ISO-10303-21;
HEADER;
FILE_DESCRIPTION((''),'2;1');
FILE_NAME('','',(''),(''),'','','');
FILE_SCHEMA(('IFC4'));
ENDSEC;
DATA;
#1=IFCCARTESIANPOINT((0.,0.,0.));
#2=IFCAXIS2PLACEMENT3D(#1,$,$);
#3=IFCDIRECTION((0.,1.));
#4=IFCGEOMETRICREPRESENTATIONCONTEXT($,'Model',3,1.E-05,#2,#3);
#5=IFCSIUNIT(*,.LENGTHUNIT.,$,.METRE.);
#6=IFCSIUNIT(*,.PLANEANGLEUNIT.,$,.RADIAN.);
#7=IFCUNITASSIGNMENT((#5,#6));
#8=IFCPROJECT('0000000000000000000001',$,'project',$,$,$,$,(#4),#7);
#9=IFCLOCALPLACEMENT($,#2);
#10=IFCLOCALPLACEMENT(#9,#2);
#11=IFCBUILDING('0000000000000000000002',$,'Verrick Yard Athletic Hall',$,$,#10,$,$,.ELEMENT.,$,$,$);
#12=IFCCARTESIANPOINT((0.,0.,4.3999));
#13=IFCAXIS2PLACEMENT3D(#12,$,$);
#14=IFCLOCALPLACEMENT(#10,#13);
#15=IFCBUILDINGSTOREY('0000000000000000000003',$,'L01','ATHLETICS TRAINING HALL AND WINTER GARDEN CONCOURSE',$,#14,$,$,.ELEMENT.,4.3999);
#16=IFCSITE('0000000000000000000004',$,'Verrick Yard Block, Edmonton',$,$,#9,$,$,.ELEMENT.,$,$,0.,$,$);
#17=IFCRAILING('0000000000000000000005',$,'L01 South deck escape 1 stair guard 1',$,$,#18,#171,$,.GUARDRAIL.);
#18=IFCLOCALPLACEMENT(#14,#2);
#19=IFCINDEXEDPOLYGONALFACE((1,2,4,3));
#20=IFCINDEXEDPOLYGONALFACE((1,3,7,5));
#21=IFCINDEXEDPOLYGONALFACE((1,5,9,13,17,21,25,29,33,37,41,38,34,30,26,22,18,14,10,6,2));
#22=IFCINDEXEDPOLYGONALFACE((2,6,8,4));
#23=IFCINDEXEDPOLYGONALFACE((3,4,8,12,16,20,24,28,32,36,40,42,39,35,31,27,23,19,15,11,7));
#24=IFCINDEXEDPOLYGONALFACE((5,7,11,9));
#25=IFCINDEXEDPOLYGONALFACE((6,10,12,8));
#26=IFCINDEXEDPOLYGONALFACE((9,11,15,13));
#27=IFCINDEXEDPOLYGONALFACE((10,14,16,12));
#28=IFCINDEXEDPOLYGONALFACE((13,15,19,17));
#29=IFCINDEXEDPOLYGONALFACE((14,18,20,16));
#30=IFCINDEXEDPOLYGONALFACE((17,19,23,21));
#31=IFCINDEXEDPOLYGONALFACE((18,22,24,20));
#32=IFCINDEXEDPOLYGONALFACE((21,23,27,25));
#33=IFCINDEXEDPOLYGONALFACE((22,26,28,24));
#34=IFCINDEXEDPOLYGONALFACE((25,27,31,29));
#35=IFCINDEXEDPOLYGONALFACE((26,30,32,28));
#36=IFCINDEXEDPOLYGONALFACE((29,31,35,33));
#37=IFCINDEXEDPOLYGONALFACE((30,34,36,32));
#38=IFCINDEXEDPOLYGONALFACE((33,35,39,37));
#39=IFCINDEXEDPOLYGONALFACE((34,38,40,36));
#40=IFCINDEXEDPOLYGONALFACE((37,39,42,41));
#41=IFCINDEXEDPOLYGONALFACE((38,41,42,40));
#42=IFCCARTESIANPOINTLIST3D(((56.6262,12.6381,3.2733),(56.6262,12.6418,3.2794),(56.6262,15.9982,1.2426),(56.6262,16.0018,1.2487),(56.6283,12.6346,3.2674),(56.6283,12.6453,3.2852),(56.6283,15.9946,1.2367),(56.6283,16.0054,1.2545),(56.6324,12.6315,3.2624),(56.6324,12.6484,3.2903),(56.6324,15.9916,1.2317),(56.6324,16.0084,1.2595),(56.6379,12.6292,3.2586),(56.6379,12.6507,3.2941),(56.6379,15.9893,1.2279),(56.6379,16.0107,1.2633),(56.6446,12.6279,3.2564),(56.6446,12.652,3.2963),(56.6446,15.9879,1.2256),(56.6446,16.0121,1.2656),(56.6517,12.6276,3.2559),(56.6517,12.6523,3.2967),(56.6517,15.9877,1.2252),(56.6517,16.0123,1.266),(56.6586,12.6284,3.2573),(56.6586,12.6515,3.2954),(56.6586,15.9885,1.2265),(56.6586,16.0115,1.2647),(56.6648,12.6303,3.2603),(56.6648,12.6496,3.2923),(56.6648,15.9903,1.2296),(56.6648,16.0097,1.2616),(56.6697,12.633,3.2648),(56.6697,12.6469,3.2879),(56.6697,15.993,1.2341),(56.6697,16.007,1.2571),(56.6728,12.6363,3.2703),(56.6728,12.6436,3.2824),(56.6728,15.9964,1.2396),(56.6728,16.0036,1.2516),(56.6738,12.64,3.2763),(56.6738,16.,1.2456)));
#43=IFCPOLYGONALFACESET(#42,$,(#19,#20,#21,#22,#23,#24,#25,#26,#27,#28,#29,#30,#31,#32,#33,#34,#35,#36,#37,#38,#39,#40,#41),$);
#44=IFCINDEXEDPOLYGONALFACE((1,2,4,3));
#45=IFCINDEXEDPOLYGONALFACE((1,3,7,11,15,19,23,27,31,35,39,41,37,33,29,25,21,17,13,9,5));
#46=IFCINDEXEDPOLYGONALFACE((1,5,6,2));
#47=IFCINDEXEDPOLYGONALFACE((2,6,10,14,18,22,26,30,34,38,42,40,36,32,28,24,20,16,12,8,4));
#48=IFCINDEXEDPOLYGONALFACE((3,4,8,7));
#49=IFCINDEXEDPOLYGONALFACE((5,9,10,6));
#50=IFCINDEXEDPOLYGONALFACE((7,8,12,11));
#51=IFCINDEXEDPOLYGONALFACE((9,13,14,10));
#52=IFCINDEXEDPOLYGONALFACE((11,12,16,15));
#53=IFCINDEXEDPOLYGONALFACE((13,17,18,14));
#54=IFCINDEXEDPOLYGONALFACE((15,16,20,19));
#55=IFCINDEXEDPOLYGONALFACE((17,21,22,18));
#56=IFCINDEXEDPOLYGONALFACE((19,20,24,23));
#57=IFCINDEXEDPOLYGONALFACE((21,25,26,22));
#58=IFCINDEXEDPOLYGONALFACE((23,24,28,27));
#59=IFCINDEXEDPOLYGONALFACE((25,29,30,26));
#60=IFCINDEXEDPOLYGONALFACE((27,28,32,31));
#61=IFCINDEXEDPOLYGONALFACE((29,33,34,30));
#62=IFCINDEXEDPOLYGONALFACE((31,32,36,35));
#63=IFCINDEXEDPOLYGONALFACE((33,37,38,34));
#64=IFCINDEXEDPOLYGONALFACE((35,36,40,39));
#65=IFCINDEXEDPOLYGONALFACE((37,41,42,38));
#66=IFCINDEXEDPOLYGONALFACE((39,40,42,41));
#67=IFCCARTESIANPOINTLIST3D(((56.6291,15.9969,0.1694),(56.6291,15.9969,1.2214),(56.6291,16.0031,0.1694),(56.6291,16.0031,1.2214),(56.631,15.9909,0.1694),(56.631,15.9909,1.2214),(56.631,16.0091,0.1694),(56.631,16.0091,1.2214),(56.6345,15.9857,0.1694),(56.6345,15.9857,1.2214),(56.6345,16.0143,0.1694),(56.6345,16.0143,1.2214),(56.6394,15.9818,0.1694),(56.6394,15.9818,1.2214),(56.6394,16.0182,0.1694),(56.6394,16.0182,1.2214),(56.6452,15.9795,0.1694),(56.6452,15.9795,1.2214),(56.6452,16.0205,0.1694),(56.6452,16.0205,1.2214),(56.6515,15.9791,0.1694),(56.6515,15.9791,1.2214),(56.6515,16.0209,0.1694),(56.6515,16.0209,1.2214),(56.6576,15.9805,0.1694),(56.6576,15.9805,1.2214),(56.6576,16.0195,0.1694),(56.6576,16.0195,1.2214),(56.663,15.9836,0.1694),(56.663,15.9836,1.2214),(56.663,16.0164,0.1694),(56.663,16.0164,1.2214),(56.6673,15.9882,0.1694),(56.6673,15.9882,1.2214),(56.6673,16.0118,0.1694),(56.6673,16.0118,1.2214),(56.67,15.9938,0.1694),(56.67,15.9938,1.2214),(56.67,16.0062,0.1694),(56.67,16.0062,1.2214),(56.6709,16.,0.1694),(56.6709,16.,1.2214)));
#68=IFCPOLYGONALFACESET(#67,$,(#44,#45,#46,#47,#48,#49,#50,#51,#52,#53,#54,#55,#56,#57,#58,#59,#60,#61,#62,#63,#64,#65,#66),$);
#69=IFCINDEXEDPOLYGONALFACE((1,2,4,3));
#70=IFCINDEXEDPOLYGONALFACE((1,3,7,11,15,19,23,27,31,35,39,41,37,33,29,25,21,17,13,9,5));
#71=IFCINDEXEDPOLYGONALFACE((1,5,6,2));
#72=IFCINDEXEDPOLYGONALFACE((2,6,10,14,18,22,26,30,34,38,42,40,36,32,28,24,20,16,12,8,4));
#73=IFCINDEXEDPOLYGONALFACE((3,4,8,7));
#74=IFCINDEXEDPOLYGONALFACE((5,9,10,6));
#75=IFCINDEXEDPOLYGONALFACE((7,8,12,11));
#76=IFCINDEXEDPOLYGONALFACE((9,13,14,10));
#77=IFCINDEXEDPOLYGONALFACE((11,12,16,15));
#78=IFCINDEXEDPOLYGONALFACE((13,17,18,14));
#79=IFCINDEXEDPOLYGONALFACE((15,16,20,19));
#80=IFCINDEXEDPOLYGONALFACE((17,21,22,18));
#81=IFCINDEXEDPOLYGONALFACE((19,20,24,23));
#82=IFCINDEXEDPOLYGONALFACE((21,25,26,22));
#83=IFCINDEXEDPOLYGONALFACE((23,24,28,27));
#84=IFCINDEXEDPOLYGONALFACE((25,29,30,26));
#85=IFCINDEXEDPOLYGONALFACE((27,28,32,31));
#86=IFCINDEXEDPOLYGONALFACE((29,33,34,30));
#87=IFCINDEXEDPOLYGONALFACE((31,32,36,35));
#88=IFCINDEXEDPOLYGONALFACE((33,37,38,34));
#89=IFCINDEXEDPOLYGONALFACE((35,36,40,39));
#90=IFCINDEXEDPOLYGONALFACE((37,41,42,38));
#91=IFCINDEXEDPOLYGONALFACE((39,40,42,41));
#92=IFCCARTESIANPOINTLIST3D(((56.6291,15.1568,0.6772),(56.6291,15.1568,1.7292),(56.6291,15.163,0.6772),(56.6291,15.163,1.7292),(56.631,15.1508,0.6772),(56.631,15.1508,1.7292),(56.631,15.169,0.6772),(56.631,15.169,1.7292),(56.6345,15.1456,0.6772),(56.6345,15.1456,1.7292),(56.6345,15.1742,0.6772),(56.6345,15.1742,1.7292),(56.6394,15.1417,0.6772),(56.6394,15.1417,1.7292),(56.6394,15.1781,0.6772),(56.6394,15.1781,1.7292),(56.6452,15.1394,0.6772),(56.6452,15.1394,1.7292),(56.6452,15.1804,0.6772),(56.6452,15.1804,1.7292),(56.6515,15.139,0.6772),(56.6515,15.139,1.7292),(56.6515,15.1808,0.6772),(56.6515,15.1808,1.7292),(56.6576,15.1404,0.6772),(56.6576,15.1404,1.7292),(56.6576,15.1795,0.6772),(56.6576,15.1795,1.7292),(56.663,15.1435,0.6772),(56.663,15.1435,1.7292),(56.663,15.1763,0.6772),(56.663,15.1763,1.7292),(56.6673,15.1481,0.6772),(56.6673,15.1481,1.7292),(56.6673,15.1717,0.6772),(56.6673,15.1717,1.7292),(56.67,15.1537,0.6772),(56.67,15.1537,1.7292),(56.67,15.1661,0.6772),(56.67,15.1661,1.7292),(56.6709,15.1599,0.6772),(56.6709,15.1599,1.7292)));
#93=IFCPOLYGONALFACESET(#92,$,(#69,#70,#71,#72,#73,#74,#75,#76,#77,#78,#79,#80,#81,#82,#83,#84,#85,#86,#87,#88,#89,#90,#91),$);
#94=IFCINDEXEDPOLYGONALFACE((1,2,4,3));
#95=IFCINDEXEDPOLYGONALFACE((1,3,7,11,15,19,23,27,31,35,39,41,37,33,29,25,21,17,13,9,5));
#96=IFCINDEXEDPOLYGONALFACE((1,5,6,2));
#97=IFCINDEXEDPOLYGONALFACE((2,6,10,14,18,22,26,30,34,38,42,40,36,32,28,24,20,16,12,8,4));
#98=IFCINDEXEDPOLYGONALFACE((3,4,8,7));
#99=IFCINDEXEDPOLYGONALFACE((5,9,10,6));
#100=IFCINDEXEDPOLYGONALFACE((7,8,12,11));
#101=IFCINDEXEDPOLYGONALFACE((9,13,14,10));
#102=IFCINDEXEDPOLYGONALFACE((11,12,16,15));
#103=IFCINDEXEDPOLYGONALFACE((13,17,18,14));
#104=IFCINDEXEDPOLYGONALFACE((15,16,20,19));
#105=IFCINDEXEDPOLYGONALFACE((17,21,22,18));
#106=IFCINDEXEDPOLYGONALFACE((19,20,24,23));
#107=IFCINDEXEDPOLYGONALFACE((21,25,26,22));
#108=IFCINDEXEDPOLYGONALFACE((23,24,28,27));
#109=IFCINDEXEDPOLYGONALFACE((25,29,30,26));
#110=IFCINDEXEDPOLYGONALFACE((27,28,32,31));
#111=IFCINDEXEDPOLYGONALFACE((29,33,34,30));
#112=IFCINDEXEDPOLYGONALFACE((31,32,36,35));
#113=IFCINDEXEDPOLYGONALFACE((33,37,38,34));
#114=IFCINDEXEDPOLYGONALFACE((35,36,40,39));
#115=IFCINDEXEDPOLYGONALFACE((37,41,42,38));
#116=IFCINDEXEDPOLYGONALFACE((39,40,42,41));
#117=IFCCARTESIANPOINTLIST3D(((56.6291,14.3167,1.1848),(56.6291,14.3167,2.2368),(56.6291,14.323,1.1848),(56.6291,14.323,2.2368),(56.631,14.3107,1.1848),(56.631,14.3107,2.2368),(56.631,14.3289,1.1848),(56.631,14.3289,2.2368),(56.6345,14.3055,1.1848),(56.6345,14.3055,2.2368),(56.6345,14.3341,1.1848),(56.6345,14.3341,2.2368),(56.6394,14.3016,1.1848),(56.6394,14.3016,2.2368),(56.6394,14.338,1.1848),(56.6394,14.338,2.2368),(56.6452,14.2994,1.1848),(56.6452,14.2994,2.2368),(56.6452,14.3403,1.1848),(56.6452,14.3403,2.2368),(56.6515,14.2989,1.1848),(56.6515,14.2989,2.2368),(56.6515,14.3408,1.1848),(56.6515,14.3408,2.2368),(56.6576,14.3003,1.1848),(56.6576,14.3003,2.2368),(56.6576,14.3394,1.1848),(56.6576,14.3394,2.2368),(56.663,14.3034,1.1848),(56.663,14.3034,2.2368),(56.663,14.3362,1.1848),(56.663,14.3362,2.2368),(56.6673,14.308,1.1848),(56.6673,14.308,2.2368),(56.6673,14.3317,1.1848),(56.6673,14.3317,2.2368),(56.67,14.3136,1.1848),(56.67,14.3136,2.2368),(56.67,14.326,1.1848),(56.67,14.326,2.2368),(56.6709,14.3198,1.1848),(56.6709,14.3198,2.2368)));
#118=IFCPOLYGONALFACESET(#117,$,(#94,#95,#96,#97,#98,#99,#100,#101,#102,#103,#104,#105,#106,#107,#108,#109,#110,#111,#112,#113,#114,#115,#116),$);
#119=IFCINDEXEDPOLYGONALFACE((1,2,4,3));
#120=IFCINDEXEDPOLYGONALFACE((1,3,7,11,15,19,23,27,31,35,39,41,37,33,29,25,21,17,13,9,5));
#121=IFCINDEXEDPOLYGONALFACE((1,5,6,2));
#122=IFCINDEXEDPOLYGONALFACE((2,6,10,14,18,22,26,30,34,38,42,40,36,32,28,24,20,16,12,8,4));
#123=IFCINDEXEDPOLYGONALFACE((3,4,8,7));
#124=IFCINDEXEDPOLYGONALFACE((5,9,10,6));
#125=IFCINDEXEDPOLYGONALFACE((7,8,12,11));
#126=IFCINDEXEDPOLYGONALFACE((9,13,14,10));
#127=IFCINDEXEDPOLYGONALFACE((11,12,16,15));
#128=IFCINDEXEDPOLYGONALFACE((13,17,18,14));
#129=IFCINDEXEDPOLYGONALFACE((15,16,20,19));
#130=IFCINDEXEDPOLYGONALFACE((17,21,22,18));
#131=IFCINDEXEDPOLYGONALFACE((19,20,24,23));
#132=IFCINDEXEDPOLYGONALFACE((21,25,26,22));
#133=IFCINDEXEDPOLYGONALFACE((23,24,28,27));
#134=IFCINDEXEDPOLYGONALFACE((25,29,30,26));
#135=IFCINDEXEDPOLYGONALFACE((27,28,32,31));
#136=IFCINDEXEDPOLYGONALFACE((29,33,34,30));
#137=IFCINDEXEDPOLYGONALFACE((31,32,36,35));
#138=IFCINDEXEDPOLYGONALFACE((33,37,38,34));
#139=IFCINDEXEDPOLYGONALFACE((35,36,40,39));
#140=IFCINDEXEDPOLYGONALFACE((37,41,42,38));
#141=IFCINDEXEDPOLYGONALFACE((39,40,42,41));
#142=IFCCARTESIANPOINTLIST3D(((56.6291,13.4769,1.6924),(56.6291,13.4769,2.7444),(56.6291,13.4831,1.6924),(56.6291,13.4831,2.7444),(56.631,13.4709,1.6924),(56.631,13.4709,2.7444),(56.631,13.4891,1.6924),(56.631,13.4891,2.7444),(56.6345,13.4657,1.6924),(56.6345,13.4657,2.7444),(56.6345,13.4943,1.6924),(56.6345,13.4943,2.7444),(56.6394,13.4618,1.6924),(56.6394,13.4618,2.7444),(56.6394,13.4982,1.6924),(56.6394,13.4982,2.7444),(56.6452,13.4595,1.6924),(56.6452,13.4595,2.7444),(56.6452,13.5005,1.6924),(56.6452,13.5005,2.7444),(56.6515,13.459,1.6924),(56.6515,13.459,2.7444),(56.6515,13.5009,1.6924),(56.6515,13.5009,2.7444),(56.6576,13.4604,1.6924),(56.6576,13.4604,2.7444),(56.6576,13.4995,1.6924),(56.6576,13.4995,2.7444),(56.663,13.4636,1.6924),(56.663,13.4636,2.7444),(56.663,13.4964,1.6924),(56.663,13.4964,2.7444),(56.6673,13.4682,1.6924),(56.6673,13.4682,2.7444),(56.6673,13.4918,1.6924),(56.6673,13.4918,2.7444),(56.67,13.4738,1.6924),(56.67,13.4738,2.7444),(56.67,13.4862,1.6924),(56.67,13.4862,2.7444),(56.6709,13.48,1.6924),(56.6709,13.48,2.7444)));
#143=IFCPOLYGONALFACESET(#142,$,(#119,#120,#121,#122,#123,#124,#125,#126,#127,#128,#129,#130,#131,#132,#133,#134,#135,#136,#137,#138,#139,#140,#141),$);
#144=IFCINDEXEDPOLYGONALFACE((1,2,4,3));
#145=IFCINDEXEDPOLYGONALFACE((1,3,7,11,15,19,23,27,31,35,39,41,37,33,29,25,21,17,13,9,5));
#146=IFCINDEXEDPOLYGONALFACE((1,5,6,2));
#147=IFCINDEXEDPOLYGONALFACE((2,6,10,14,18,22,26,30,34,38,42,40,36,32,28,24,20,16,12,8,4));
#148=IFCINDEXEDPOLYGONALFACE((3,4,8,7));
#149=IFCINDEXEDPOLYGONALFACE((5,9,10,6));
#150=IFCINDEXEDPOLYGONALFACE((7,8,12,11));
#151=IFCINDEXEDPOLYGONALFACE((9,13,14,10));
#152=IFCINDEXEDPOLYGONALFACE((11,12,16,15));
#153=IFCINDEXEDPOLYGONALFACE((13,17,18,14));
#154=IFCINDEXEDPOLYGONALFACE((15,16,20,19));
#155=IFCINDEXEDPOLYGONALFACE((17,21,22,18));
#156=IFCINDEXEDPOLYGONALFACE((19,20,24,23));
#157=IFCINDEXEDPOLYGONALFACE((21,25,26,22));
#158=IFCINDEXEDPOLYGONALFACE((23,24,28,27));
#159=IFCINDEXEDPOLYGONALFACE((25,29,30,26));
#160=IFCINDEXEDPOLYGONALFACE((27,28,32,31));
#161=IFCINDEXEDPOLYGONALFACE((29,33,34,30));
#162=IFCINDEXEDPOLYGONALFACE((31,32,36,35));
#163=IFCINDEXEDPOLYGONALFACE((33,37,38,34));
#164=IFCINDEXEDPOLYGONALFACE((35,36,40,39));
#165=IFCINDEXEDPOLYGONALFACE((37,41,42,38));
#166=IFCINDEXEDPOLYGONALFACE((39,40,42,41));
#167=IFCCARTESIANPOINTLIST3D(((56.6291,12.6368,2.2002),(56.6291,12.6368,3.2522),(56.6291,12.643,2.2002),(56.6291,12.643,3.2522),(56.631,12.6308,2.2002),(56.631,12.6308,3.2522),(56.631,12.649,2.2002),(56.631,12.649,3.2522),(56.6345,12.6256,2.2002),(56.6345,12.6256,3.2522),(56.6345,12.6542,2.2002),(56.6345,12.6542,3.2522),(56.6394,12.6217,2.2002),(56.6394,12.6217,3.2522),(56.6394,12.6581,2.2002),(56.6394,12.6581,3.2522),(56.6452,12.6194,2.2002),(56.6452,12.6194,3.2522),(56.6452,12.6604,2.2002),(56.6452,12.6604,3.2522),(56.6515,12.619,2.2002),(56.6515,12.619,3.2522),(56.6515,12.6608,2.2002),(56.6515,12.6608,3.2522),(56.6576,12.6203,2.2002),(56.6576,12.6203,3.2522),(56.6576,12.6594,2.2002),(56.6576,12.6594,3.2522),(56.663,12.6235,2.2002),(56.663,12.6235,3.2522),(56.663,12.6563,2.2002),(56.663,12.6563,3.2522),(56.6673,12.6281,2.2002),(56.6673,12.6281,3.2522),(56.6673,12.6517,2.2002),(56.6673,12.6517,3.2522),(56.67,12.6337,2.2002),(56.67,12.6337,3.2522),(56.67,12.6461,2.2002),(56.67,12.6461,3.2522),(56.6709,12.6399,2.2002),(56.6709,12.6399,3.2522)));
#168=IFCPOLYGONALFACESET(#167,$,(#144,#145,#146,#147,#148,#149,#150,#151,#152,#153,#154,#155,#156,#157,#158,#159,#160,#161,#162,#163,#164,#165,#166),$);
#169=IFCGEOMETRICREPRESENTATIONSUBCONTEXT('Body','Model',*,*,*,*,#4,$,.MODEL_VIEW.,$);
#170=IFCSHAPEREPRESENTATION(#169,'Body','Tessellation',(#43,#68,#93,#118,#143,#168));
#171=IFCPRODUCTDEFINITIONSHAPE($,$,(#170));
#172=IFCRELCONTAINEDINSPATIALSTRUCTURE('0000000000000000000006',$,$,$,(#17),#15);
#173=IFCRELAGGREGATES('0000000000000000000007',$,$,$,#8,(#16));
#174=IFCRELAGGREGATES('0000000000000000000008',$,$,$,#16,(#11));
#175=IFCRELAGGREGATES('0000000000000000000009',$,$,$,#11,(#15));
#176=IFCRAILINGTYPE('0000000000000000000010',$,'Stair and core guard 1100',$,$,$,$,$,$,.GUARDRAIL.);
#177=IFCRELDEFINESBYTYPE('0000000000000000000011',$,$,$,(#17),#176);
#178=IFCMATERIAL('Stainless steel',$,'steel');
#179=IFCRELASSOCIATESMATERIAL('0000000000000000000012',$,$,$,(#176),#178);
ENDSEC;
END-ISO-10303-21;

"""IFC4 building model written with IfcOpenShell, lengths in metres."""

from ifc_helpers import new_model, si_unit, direction, frame, origin, origin_2d, place, context, subcontext, project, spatial, circle, extrude, material, type_object, element, save


model = new_model("IFC4")

# Units and contexts
model_context = context("Model", 3, precision=1e-05, world=origin(), true_north=direction((0.0, 1.0)))
body_context = subcontext(model_context, "Body", "Model", "MODEL_VIEW")
ifc_project = project(units=[si_unit("LENGTHUNIT", "METRE"), si_unit("PLANEANGLEUNIT", "RADIAN")], contexts=[model_context])

# Site, building, storey
site_placement = place(None, origin())
site = spatial("IfcSite", under=ifc_project, at=site_placement, Name="Verrick Yard Block, Edmonton", CompositionType="ELEMENT", RefElevation=0.0)
building_placement = place(site_placement, origin())
building = spatial("IfcBuilding", under=site, at=building_placement, Name="Verrick Yard Athletic Hall", CompositionType="ELEMENT")
storey_placement = place(building_placement, frame((0.0, 0.0, 4.3999)))
storey = spatial("IfcBuildingStorey", under=building, at=storey_placement, Name="L01", Description="ATHLETICS TRAINING HALL AND WINTER GARDEN CONCOURSE", CompositionType="ELEMENT", Elevation=4.3999)

# Railing
ifc_material_1 = material(Name="Stainless steel", Category="steel")
railing_type_1 = type_object("IfcRailingType", Name="Stair and core guard 1100", PredefinedType="GUARDRAIL", material=ifc_material_1)
railing_1_placement = place(storey_placement, frame((56.6499, 16.0, 0.1694)))
element("IfcRailing", 1, at=railing_1_placement, inside=storey, type_object=railing_type_1, Name="L01 South deck escape 1 stair guard 1", PredefinedType="GUARDRAIL", context=body_context, shape_type="SweptSolid", body=[
    extrude(circle(Radius=0.0239, at=origin_2d()), frame((0.0, 0.0, 1.0762), z_axis=(0.0, -0.855837, 0.517246), x_axis=(1.0, 0.0, 0.0)), (0.0, 0.0, 1.0), 3.926),
    extrude(circle(Radius=0.021, at=origin_2d()), origin(), (0.0, 0.0, 1.0), 1.052),
    extrude(circle(Radius=0.021, at=origin_2d()), frame((0.0, -0.8401, 0.5078)), (0.0, 0.0, 1.0), 1.052),
    extrude(circle(Radius=0.021, at=origin_2d()), frame((0.0, -1.6802, 1.0154)), (0.0, 0.0, 1.0), 1.052),
    extrude(circle(Radius=0.021, at=origin_2d()), frame((0.0, -2.52, 1.5229)), (0.0, 0.0, 1.0), 1.052),
    extrude(circle(Radius=0.021, at=origin_2d()), frame((0.0, -3.3601, 2.0308)), (0.0, 0.0, 1.0), 1.052),
])

save(model, "model.ifc")
